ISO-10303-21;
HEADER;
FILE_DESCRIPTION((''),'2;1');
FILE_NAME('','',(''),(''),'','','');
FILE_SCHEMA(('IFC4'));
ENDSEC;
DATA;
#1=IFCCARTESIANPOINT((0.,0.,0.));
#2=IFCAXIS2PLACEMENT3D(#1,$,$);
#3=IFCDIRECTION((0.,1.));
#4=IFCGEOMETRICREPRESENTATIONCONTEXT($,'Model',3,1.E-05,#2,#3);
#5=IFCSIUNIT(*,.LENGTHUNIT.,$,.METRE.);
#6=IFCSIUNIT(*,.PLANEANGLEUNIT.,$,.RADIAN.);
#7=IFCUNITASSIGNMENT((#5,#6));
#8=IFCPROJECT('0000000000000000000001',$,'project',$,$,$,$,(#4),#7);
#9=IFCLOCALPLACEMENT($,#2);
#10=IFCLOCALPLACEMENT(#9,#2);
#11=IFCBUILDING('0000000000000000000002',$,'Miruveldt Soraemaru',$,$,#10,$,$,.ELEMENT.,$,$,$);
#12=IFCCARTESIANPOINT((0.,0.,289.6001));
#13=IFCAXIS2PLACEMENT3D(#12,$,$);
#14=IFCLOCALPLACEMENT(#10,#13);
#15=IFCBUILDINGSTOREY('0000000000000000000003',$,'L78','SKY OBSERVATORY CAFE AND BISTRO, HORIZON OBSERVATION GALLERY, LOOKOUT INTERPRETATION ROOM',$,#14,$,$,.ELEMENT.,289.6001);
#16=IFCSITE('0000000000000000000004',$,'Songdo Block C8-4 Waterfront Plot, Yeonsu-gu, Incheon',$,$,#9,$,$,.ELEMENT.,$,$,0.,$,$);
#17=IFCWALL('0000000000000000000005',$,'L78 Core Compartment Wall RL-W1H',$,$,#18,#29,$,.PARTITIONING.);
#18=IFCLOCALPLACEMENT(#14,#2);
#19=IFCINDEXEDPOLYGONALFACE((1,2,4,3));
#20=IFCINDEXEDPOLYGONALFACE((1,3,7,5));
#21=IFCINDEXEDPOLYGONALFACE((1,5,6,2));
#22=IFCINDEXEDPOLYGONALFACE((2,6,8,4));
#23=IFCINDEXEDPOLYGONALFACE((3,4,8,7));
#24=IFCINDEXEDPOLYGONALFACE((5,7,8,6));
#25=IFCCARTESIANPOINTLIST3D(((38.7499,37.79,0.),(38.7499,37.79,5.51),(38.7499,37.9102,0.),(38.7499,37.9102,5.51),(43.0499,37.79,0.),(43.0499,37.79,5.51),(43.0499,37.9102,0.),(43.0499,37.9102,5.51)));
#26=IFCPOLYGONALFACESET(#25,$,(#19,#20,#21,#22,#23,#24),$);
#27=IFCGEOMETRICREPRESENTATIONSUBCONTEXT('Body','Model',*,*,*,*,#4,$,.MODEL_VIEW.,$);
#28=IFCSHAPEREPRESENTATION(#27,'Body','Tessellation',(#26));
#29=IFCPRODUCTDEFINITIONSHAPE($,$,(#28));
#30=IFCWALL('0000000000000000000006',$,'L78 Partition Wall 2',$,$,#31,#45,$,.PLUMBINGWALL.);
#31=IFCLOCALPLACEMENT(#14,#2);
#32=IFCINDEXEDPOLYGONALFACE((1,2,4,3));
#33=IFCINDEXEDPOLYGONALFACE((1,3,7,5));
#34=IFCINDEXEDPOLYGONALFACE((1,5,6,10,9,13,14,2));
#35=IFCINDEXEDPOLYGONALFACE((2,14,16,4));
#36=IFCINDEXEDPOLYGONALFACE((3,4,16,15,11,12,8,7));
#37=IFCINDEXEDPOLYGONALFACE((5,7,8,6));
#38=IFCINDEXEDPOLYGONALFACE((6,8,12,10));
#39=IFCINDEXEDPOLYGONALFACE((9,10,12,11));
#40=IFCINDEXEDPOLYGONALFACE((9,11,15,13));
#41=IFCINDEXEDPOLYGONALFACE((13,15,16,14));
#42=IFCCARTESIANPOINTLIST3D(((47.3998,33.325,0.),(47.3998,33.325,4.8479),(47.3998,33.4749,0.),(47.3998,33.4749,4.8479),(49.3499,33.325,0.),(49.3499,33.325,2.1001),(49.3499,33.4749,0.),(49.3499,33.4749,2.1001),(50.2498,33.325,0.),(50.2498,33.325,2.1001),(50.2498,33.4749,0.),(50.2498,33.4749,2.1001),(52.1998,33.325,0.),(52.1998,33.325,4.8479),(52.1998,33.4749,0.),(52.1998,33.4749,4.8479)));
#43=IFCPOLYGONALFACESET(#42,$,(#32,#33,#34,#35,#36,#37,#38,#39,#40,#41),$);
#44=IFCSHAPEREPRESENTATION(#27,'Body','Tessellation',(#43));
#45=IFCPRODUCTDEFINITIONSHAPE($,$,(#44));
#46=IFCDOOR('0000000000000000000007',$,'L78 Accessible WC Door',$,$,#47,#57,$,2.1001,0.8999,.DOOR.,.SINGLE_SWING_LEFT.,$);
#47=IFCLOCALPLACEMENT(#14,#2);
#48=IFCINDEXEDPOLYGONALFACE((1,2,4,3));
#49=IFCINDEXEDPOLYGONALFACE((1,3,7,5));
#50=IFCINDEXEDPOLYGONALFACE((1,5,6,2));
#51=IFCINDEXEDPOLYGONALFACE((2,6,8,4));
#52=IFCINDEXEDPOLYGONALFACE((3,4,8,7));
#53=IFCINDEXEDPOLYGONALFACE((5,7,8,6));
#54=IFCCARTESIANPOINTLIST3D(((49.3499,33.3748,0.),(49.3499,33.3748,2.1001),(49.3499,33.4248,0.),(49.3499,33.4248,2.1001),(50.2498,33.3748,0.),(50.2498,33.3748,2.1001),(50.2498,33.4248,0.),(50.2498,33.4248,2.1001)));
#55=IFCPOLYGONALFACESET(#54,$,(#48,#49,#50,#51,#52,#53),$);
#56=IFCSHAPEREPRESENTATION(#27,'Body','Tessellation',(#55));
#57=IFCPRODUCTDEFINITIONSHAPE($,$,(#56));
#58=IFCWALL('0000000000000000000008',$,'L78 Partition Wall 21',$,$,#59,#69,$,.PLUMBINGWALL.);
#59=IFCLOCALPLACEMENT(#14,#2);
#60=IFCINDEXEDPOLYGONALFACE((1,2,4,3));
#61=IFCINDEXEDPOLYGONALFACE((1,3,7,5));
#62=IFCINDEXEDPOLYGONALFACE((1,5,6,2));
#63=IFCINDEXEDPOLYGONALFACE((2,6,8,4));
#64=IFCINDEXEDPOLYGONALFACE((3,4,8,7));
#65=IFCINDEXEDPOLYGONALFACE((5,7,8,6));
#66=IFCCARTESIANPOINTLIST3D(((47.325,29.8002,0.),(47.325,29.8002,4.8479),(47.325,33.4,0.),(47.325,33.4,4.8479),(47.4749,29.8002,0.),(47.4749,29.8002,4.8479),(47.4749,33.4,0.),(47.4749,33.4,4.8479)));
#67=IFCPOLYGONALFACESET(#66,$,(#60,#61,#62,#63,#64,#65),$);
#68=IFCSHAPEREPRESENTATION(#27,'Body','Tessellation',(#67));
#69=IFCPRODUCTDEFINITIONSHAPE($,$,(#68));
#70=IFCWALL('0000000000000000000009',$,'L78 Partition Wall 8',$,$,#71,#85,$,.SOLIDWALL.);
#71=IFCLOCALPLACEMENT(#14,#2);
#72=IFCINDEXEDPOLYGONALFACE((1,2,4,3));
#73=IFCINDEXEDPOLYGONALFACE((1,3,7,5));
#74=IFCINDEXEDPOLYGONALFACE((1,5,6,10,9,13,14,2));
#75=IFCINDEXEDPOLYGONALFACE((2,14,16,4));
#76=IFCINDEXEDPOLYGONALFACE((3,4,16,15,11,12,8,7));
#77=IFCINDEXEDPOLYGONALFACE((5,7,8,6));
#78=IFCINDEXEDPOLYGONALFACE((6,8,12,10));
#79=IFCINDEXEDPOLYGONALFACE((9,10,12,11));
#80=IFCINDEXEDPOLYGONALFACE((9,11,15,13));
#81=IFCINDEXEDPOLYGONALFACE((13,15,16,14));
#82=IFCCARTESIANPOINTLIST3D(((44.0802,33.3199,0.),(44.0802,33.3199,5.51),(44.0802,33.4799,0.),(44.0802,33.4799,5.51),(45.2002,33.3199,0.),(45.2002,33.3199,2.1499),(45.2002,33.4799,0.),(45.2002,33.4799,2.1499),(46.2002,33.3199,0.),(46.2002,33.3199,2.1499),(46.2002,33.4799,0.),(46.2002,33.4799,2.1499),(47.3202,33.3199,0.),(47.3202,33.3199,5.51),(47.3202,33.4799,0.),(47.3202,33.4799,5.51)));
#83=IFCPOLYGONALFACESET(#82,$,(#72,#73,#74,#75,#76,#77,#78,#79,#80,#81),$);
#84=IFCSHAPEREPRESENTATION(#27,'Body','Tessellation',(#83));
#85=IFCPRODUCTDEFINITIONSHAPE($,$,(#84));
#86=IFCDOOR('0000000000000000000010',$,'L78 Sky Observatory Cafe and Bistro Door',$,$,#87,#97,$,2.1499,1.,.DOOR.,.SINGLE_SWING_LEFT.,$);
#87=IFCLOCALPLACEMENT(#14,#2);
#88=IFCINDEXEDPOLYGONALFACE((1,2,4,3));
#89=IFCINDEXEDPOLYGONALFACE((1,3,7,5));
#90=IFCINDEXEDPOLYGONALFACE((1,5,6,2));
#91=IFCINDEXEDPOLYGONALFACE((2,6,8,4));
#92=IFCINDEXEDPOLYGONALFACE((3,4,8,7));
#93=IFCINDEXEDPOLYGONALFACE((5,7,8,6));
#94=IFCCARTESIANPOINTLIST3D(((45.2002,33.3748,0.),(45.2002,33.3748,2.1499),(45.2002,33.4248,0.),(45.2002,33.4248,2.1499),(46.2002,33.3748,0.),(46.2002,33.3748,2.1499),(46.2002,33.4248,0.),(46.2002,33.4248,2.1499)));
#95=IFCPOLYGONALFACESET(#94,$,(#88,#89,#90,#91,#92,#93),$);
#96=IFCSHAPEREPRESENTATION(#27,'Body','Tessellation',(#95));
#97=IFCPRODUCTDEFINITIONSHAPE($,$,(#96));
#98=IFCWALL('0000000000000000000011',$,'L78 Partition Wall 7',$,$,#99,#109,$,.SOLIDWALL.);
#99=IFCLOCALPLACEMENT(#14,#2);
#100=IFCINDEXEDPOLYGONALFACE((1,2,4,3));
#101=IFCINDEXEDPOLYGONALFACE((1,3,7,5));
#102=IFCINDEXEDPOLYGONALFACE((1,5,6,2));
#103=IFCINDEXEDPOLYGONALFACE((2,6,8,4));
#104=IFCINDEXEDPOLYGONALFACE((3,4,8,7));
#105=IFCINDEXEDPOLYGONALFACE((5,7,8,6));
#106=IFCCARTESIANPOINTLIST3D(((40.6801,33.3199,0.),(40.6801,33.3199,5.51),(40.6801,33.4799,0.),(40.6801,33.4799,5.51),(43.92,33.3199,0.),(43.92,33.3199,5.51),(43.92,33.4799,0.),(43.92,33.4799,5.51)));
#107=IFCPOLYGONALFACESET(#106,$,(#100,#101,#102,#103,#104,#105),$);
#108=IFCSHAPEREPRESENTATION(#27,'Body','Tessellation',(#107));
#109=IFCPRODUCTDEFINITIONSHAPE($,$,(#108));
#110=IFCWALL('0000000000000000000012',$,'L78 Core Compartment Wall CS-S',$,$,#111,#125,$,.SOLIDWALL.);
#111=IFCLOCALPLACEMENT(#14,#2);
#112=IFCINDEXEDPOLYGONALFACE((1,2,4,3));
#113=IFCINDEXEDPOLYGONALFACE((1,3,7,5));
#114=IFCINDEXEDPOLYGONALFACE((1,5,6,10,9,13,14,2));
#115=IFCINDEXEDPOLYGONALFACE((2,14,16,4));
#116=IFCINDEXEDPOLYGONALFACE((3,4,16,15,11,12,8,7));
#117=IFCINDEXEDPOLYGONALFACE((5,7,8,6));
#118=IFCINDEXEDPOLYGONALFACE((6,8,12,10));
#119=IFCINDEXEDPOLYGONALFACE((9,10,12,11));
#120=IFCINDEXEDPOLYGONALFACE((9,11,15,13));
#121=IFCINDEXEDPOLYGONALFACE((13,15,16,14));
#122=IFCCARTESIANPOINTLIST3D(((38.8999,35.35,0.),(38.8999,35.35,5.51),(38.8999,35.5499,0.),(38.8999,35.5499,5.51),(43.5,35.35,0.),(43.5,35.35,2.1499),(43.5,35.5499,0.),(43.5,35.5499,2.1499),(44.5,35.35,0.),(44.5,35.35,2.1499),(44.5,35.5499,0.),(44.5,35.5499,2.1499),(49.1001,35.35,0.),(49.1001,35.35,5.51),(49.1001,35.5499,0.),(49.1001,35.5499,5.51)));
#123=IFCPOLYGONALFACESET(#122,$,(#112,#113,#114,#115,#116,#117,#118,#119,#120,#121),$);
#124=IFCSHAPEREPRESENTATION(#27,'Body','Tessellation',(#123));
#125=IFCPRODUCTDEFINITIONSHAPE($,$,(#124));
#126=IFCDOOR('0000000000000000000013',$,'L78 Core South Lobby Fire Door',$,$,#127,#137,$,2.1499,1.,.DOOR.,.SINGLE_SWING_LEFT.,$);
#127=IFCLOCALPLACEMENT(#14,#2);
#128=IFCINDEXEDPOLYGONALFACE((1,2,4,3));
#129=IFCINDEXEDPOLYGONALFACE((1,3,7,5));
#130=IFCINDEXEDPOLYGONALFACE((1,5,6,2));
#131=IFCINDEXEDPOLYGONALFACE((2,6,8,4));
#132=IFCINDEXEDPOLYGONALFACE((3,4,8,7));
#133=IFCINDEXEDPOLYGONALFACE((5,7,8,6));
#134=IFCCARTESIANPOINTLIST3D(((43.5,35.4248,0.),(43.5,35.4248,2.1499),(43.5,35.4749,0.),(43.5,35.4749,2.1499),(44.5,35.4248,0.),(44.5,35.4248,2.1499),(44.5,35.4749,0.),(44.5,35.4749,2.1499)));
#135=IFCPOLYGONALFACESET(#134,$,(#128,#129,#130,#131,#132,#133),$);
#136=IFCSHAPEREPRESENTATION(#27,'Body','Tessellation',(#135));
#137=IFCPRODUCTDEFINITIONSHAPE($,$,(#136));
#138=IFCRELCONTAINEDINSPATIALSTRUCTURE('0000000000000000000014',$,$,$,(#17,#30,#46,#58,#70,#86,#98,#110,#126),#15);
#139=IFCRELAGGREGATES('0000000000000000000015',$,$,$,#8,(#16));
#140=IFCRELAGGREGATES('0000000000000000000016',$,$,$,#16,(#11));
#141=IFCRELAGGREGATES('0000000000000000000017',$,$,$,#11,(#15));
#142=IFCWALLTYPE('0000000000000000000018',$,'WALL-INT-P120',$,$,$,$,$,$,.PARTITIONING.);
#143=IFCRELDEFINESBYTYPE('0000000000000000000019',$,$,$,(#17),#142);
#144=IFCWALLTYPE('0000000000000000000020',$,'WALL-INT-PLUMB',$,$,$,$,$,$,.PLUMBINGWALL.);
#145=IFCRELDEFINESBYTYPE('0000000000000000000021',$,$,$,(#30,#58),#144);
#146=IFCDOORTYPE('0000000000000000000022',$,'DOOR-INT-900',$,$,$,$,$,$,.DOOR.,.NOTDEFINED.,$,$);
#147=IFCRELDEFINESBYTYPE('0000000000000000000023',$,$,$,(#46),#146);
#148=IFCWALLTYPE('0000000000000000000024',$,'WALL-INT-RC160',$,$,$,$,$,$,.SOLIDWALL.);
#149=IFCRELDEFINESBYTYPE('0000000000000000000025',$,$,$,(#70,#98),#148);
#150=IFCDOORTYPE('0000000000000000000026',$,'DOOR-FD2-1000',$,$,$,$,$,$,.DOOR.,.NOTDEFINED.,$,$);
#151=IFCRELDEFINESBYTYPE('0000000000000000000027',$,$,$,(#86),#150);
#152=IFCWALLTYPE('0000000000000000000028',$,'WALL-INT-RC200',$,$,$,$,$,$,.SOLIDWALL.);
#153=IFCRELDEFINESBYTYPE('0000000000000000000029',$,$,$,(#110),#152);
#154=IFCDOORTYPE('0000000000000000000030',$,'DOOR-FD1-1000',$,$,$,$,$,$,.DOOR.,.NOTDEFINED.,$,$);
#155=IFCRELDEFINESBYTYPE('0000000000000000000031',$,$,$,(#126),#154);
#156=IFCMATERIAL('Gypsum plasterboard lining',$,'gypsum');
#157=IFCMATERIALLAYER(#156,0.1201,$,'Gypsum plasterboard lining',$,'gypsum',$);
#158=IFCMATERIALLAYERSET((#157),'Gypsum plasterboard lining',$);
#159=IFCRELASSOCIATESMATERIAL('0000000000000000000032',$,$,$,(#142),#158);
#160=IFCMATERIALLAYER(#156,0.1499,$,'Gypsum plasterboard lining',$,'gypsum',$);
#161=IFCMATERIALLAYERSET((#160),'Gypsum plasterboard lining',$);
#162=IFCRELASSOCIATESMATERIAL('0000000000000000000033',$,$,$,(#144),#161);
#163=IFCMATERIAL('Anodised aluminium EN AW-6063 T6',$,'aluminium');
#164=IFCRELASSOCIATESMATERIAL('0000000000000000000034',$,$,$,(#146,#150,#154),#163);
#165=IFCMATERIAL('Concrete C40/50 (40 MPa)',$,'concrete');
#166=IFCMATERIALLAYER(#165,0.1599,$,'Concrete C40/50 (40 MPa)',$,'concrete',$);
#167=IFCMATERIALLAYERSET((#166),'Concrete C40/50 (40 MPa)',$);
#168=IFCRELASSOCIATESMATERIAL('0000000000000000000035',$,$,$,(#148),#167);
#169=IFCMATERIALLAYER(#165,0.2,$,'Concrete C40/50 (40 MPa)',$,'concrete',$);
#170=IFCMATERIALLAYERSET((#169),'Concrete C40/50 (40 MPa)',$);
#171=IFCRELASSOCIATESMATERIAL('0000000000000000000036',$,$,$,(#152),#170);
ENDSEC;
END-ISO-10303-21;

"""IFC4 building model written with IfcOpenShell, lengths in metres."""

from ifc_helpers import new_model, si_unit, direction, frame, frame_2d, origin, place, context, subcontext, project, spatial, rectangle, extrude, material, layer, layer_set, type_object, element, fill, save


model = new_model("IFC4")

# Units and contexts
model_context = context("Model", 3, precision=1e-05, world=origin(), true_north=direction((0.0, 1.0)))
body_context = subcontext(model_context, "Body", "Model", "MODEL_VIEW")
ifc_project = project(units=[si_unit("LENGTHUNIT", "METRE"), si_unit("PLANEANGLEUNIT", "RADIAN")], contexts=[model_context])

# Site, building, storey
site_placement = place(None, origin())
site = spatial("IfcSite", under=ifc_project, at=site_placement, Name="Songdo Block C8-4 Waterfront Plot, Yeonsu-gu, Incheon", CompositionType="ELEMENT", RefElevation=0.0)
building_placement = place(site_placement, origin())
building = spatial("IfcBuilding", under=site, at=building_placement, Name="Miruveldt Soraemaru", CompositionType="ELEMENT")
storey_placement = place(building_placement, frame((0.0, 0.0, 289.6001)))
storey = spatial("IfcBuildingStorey", under=building, at=storey_placement, Name="L78", Description="SKY OBSERVATORY CAFE AND BISTRO, HORIZON OBSERVATION GALLERY, LOOKOUT INTERPRETATION ROOM", CompositionType="ELEMENT", Elevation=289.6001)

# Shared definitions
ifc_material_1 = material(Name="Gypsum plasterboard lining", Category="gypsum")
ifc_layer_1 = layer(ifc_material_1, 0.1201, Name="Gypsum plasterboard lining", Category="gypsum")
ifc_layer_set_1 = layer_set([ifc_layer_1], Name="Gypsum plasterboard lining")
wall_type_1 = type_object("IfcWallType", Name="WALL-INT-P120", PredefinedType="PARTITIONING", material=ifc_layer_set_1)
ifc_material_2 = material(Name="Anodised aluminium EN AW-6063 T6", Category="aluminium")

# Wall
wall_1_placement = place(storey_placement, frame((38.75, 37.8501, 0.0), z_axis=(0.0, 0.0, 1.0), x_axis=(1.0, 0.0, 0.0)))
element("IfcWall", 1, at=wall_1_placement, inside=storey, type_object=wall_type_1, Name="L78 Core Compartment Wall RL-W1H", PredefinedType="PARTITIONING", context=body_context, shape_type="SweptSolid", body=[
    extrude(rectangle(XDim=4.3, YDim=0.1201, at=frame_2d((2.1499, 0.0))), origin(), (0.0, 0.0, 1.0), 5.51),
])

# Wall, opening, door
ifc_layer_2 = layer(ifc_material_1, 0.1499, Name="Gypsum plasterboard lining", Category="gypsum")
ifc_layer_set_2 = layer_set([ifc_layer_2], Name="Gypsum plasterboard lining")
wall_type_2 = type_object("IfcWallType", Name="WALL-INT-PLUMB", PredefinedType="PLUMBINGWALL", material=ifc_layer_set_2)
wall_2_placement = place(storey_placement, frame((47.3999, 33.3999, 0.0), z_axis=(0.0, 0.0, 1.0), x_axis=(1.0, 0.0, 0.0)))
wall_2 = element("IfcWall", 2, at=wall_2_placement, inside=storey, type_object=wall_type_2, Name="L78 Partition Wall 2", PredefinedType="PLUMBINGWALL", context=body_context, shape_type="SweptSolid", body=[
    extrude(rectangle(XDim=4.8, YDim=0.1499, at=frame_2d((2.3999, 0.0))), origin(), (0.0, 0.0, 1.0), 4.8479),
])
opening_1_placement = place(wall_2_placement, frame((1.95, 0.0, 0.0)))
opening_1 = element("IfcOpeningElement", 3, at=opening_1_placement, cuts=wall_2, PredefinedType="OPENING", context=body_context, shape_type="SweptSolid", body=[
    extrude(rectangle(XDim=0.8999, YDim=2.1001, at=frame_2d((0.45, 1.05))), frame((0.0, 0.085, 0.0), z_axis=(0.0, -1.0, 0.0), x_axis=(1.0, 0.0, 0.0)), (0.0, 0.0, 1.0), 0.1699),
])
door_type_1 = type_object("IfcDoorType", Name="DOOR-INT-900", OperationType="NOTDEFINED", PredefinedType="DOOR", material=ifc_material_2)
door_1_placement = place(opening_1_placement, origin())
door_1 = element("IfcDoor", 4, at=door_1_placement, inside=storey, type_object=door_type_1, Name="L78 Accessible WC Door", OperationType="SINGLE_SWING_LEFT", OverallHeight=2.1001, OverallWidth=0.8999, PredefinedType="DOOR", context=body_context, shape_type="SweptSolid", body=[
    extrude(rectangle(XDim=0.8999, YDim=2.1001, at=frame_2d((0.45, 1.05))), frame((0.0, 0.0249, 0.0), z_axis=(0.0, -1.0, 0.0), x_axis=(1.0, 0.0, 0.0)), (0.0, 0.0, 1.0), 0.05),
])
fill(opening_1, door_1)

# Wall
wall_3_placement = place(storey_placement, frame((47.3999, 33.3999, 0.0), z_axis=(0.0, 0.0, 1.0), x_axis=(0.0, -1.0, 0.0)))
element("IfcWall", 5, at=wall_3_placement, inside=storey, type_object=wall_type_2, Name="L78 Partition Wall 21", PredefinedType="PLUMBINGWALL", context=body_context, shape_type="SweptSolid", body=[
    extrude(rectangle(XDim=3.5999, YDim=0.1499, at=frame_2d((1.7998, 0.0))), origin(), (0.0, 0.0, 1.0), 4.8479),
])

# Wall, opening, door
ifc_material_3 = material(Name="Concrete C40/50 (40 MPa)", Category="concrete")
ifc_layer_3 = layer(ifc_material_3, 0.1599, Name="Concrete C40/50 (40 MPa)", Category="concrete")
ifc_layer_set_3 = layer_set([ifc_layer_3], Name="Concrete C40/50 (40 MPa)")
wall_type_3 = type_object("IfcWallType", Name="WALL-INT-RC160", PredefinedType="SOLIDWALL", material=ifc_layer_set_3)
wall_4_placement = place(storey_placement, frame((44.0801, 33.3999, 0.0), z_axis=(0.0, 0.0, 1.0), x_axis=(1.0, 0.0, 0.0)))
wall_4 = element("IfcWall", 6, at=wall_4_placement, inside=storey, type_object=wall_type_3, Name="L78 Partition Wall 8", PredefinedType="SOLIDWALL", context=body_context, shape_type="SweptSolid", body=[
    extrude(rectangle(XDim=3.24, YDim=0.1599, at=frame_2d((1.6201, 0.0))), origin(), (0.0, 0.0, 1.0), 5.51),
])
opening_2_placement = place(wall_4_placement, frame((1.1201, 0.0, 0.0)))
opening_2 = element("IfcOpeningElement", 7, at=opening_2_placement, cuts=wall_4, PredefinedType="OPENING", context=body_context, shape_type="SweptSolid", body=[
    extrude(rectangle(XDim=1.0, YDim=2.1499, at=frame_2d((0.5, 1.075))), frame((0.0, 0.0898, 0.0), z_axis=(0.0, -1.0, 0.0), x_axis=(1.0, 0.0, 0.0)), (0.0, 0.0, 1.0), 0.1799),
])
door_type_2 = type_object("IfcDoorType", Name="DOOR-FD2-1000", OperationType="NOTDEFINED", PredefinedType="DOOR", material=ifc_material_2)
door_2_placement = place(opening_2_placement, origin())
door_2 = element("IfcDoor", 8, at=door_2_placement, inside=storey, type_object=door_type_2, Name="L78 Sky Observatory Cafe and Bistro Door", OperationType="SINGLE_SWING_LEFT", OverallHeight=2.1499, OverallWidth=1.0, PredefinedType="DOOR", context=body_context, shape_type="SweptSolid", body=[
    extrude(rectangle(XDim=1.0, YDim=2.1499, at=frame_2d((0.5, 1.075))), frame((0.0, 0.0249, 0.0), z_axis=(0.0, -1.0, 0.0), x_axis=(1.0, 0.0, 0.0)), (0.0, 0.0, 1.0), 0.05),
])
fill(opening_2, door_2)

# Wall
wall_5_placement = place(storey_placement, frame((40.6799, 33.3999, 0.0), z_axis=(0.0, 0.0, 1.0), x_axis=(1.0, 0.0, 0.0)))
element("IfcWall", 9, at=wall_5_placement, inside=storey, type_object=wall_type_3, Name="L78 Partition Wall 7", PredefinedType="SOLIDWALL", context=body_context, shape_type="SweptSolid", body=[
    extrude(rectangle(XDim=3.24, YDim=0.1599, at=frame_2d((1.6201, 0.0))), origin(), (0.0, 0.0, 1.0), 5.51),
])

# Wall, opening, door
ifc_layer_4 = layer(ifc_material_3, 0.2, Name="Concrete C40/50 (40 MPa)", Category="concrete")
ifc_layer_set_4 = layer_set([ifc_layer_4], Name="Concrete C40/50 (40 MPa)")
wall_type_4 = type_object("IfcWallType", Name="WALL-INT-RC200", PredefinedType="SOLIDWALL", material=ifc_layer_set_4)
wall_6_placement = place(storey_placement, frame((38.8999, 35.45, 0.0), z_axis=(0.0, 0.0, 1.0), x_axis=(1.0, 0.0, 0.0)))
wall_6 = element("IfcWall", 10, at=wall_6_placement, inside=storey, type_object=wall_type_4, Name="L78 Core Compartment Wall CS-S", PredefinedType="SOLIDWALL", context=body_context, shape_type="SweptSolid", body=[
    extrude(rectangle(XDim=10.2002, YDim=0.2, at=frame_2d((5.1001, 0.0))), origin(), (0.0, 0.0, 1.0), 5.51),
])
opening_3_placement = place(wall_6_placement, frame((4.6001, 0.0, 0.0)))
opening_3 = element("IfcOpeningElement", 11, at=opening_3_placement, cuts=wall_6, PredefinedType="OPENING", context=body_context, shape_type="SweptSolid", body=[
    extrude(rectangle(XDim=1.0, YDim=2.1499, at=frame_2d((0.5, 1.075))), frame((0.0, 0.1099, 0.0), z_axis=(0.0, -1.0, 0.0), x_axis=(1.0, 0.0, 0.0)), (0.0, 0.0, 1.0), 0.22),
])
door_type_3 = type_object("IfcDoorType", Name="DOOR-FD1-1000", OperationType="NOTDEFINED", PredefinedType="DOOR", material=ifc_material_2)
door_3_placement = place(opening_3_placement, origin())
door_3 = element("IfcDoor", 12, at=door_3_placement, inside=storey, type_object=door_type_3, Name="L78 Core South Lobby Fire Door", OperationType="SINGLE_SWING_LEFT", OverallHeight=2.1499, OverallWidth=1.0, PredefinedType="DOOR", context=body_context, shape_type="SweptSolid", body=[
    extrude(rectangle(XDim=1.0, YDim=2.1499, at=frame_2d((0.5, 1.075))), frame((0.0, 0.0249, 0.0), z_axis=(0.0, -1.0, 0.0), x_axis=(1.0, 0.0, 0.0)), (0.0, 0.0, 1.0), 0.05),
])
fill(opening_3, door_3)

save(model, "model.ifc")
